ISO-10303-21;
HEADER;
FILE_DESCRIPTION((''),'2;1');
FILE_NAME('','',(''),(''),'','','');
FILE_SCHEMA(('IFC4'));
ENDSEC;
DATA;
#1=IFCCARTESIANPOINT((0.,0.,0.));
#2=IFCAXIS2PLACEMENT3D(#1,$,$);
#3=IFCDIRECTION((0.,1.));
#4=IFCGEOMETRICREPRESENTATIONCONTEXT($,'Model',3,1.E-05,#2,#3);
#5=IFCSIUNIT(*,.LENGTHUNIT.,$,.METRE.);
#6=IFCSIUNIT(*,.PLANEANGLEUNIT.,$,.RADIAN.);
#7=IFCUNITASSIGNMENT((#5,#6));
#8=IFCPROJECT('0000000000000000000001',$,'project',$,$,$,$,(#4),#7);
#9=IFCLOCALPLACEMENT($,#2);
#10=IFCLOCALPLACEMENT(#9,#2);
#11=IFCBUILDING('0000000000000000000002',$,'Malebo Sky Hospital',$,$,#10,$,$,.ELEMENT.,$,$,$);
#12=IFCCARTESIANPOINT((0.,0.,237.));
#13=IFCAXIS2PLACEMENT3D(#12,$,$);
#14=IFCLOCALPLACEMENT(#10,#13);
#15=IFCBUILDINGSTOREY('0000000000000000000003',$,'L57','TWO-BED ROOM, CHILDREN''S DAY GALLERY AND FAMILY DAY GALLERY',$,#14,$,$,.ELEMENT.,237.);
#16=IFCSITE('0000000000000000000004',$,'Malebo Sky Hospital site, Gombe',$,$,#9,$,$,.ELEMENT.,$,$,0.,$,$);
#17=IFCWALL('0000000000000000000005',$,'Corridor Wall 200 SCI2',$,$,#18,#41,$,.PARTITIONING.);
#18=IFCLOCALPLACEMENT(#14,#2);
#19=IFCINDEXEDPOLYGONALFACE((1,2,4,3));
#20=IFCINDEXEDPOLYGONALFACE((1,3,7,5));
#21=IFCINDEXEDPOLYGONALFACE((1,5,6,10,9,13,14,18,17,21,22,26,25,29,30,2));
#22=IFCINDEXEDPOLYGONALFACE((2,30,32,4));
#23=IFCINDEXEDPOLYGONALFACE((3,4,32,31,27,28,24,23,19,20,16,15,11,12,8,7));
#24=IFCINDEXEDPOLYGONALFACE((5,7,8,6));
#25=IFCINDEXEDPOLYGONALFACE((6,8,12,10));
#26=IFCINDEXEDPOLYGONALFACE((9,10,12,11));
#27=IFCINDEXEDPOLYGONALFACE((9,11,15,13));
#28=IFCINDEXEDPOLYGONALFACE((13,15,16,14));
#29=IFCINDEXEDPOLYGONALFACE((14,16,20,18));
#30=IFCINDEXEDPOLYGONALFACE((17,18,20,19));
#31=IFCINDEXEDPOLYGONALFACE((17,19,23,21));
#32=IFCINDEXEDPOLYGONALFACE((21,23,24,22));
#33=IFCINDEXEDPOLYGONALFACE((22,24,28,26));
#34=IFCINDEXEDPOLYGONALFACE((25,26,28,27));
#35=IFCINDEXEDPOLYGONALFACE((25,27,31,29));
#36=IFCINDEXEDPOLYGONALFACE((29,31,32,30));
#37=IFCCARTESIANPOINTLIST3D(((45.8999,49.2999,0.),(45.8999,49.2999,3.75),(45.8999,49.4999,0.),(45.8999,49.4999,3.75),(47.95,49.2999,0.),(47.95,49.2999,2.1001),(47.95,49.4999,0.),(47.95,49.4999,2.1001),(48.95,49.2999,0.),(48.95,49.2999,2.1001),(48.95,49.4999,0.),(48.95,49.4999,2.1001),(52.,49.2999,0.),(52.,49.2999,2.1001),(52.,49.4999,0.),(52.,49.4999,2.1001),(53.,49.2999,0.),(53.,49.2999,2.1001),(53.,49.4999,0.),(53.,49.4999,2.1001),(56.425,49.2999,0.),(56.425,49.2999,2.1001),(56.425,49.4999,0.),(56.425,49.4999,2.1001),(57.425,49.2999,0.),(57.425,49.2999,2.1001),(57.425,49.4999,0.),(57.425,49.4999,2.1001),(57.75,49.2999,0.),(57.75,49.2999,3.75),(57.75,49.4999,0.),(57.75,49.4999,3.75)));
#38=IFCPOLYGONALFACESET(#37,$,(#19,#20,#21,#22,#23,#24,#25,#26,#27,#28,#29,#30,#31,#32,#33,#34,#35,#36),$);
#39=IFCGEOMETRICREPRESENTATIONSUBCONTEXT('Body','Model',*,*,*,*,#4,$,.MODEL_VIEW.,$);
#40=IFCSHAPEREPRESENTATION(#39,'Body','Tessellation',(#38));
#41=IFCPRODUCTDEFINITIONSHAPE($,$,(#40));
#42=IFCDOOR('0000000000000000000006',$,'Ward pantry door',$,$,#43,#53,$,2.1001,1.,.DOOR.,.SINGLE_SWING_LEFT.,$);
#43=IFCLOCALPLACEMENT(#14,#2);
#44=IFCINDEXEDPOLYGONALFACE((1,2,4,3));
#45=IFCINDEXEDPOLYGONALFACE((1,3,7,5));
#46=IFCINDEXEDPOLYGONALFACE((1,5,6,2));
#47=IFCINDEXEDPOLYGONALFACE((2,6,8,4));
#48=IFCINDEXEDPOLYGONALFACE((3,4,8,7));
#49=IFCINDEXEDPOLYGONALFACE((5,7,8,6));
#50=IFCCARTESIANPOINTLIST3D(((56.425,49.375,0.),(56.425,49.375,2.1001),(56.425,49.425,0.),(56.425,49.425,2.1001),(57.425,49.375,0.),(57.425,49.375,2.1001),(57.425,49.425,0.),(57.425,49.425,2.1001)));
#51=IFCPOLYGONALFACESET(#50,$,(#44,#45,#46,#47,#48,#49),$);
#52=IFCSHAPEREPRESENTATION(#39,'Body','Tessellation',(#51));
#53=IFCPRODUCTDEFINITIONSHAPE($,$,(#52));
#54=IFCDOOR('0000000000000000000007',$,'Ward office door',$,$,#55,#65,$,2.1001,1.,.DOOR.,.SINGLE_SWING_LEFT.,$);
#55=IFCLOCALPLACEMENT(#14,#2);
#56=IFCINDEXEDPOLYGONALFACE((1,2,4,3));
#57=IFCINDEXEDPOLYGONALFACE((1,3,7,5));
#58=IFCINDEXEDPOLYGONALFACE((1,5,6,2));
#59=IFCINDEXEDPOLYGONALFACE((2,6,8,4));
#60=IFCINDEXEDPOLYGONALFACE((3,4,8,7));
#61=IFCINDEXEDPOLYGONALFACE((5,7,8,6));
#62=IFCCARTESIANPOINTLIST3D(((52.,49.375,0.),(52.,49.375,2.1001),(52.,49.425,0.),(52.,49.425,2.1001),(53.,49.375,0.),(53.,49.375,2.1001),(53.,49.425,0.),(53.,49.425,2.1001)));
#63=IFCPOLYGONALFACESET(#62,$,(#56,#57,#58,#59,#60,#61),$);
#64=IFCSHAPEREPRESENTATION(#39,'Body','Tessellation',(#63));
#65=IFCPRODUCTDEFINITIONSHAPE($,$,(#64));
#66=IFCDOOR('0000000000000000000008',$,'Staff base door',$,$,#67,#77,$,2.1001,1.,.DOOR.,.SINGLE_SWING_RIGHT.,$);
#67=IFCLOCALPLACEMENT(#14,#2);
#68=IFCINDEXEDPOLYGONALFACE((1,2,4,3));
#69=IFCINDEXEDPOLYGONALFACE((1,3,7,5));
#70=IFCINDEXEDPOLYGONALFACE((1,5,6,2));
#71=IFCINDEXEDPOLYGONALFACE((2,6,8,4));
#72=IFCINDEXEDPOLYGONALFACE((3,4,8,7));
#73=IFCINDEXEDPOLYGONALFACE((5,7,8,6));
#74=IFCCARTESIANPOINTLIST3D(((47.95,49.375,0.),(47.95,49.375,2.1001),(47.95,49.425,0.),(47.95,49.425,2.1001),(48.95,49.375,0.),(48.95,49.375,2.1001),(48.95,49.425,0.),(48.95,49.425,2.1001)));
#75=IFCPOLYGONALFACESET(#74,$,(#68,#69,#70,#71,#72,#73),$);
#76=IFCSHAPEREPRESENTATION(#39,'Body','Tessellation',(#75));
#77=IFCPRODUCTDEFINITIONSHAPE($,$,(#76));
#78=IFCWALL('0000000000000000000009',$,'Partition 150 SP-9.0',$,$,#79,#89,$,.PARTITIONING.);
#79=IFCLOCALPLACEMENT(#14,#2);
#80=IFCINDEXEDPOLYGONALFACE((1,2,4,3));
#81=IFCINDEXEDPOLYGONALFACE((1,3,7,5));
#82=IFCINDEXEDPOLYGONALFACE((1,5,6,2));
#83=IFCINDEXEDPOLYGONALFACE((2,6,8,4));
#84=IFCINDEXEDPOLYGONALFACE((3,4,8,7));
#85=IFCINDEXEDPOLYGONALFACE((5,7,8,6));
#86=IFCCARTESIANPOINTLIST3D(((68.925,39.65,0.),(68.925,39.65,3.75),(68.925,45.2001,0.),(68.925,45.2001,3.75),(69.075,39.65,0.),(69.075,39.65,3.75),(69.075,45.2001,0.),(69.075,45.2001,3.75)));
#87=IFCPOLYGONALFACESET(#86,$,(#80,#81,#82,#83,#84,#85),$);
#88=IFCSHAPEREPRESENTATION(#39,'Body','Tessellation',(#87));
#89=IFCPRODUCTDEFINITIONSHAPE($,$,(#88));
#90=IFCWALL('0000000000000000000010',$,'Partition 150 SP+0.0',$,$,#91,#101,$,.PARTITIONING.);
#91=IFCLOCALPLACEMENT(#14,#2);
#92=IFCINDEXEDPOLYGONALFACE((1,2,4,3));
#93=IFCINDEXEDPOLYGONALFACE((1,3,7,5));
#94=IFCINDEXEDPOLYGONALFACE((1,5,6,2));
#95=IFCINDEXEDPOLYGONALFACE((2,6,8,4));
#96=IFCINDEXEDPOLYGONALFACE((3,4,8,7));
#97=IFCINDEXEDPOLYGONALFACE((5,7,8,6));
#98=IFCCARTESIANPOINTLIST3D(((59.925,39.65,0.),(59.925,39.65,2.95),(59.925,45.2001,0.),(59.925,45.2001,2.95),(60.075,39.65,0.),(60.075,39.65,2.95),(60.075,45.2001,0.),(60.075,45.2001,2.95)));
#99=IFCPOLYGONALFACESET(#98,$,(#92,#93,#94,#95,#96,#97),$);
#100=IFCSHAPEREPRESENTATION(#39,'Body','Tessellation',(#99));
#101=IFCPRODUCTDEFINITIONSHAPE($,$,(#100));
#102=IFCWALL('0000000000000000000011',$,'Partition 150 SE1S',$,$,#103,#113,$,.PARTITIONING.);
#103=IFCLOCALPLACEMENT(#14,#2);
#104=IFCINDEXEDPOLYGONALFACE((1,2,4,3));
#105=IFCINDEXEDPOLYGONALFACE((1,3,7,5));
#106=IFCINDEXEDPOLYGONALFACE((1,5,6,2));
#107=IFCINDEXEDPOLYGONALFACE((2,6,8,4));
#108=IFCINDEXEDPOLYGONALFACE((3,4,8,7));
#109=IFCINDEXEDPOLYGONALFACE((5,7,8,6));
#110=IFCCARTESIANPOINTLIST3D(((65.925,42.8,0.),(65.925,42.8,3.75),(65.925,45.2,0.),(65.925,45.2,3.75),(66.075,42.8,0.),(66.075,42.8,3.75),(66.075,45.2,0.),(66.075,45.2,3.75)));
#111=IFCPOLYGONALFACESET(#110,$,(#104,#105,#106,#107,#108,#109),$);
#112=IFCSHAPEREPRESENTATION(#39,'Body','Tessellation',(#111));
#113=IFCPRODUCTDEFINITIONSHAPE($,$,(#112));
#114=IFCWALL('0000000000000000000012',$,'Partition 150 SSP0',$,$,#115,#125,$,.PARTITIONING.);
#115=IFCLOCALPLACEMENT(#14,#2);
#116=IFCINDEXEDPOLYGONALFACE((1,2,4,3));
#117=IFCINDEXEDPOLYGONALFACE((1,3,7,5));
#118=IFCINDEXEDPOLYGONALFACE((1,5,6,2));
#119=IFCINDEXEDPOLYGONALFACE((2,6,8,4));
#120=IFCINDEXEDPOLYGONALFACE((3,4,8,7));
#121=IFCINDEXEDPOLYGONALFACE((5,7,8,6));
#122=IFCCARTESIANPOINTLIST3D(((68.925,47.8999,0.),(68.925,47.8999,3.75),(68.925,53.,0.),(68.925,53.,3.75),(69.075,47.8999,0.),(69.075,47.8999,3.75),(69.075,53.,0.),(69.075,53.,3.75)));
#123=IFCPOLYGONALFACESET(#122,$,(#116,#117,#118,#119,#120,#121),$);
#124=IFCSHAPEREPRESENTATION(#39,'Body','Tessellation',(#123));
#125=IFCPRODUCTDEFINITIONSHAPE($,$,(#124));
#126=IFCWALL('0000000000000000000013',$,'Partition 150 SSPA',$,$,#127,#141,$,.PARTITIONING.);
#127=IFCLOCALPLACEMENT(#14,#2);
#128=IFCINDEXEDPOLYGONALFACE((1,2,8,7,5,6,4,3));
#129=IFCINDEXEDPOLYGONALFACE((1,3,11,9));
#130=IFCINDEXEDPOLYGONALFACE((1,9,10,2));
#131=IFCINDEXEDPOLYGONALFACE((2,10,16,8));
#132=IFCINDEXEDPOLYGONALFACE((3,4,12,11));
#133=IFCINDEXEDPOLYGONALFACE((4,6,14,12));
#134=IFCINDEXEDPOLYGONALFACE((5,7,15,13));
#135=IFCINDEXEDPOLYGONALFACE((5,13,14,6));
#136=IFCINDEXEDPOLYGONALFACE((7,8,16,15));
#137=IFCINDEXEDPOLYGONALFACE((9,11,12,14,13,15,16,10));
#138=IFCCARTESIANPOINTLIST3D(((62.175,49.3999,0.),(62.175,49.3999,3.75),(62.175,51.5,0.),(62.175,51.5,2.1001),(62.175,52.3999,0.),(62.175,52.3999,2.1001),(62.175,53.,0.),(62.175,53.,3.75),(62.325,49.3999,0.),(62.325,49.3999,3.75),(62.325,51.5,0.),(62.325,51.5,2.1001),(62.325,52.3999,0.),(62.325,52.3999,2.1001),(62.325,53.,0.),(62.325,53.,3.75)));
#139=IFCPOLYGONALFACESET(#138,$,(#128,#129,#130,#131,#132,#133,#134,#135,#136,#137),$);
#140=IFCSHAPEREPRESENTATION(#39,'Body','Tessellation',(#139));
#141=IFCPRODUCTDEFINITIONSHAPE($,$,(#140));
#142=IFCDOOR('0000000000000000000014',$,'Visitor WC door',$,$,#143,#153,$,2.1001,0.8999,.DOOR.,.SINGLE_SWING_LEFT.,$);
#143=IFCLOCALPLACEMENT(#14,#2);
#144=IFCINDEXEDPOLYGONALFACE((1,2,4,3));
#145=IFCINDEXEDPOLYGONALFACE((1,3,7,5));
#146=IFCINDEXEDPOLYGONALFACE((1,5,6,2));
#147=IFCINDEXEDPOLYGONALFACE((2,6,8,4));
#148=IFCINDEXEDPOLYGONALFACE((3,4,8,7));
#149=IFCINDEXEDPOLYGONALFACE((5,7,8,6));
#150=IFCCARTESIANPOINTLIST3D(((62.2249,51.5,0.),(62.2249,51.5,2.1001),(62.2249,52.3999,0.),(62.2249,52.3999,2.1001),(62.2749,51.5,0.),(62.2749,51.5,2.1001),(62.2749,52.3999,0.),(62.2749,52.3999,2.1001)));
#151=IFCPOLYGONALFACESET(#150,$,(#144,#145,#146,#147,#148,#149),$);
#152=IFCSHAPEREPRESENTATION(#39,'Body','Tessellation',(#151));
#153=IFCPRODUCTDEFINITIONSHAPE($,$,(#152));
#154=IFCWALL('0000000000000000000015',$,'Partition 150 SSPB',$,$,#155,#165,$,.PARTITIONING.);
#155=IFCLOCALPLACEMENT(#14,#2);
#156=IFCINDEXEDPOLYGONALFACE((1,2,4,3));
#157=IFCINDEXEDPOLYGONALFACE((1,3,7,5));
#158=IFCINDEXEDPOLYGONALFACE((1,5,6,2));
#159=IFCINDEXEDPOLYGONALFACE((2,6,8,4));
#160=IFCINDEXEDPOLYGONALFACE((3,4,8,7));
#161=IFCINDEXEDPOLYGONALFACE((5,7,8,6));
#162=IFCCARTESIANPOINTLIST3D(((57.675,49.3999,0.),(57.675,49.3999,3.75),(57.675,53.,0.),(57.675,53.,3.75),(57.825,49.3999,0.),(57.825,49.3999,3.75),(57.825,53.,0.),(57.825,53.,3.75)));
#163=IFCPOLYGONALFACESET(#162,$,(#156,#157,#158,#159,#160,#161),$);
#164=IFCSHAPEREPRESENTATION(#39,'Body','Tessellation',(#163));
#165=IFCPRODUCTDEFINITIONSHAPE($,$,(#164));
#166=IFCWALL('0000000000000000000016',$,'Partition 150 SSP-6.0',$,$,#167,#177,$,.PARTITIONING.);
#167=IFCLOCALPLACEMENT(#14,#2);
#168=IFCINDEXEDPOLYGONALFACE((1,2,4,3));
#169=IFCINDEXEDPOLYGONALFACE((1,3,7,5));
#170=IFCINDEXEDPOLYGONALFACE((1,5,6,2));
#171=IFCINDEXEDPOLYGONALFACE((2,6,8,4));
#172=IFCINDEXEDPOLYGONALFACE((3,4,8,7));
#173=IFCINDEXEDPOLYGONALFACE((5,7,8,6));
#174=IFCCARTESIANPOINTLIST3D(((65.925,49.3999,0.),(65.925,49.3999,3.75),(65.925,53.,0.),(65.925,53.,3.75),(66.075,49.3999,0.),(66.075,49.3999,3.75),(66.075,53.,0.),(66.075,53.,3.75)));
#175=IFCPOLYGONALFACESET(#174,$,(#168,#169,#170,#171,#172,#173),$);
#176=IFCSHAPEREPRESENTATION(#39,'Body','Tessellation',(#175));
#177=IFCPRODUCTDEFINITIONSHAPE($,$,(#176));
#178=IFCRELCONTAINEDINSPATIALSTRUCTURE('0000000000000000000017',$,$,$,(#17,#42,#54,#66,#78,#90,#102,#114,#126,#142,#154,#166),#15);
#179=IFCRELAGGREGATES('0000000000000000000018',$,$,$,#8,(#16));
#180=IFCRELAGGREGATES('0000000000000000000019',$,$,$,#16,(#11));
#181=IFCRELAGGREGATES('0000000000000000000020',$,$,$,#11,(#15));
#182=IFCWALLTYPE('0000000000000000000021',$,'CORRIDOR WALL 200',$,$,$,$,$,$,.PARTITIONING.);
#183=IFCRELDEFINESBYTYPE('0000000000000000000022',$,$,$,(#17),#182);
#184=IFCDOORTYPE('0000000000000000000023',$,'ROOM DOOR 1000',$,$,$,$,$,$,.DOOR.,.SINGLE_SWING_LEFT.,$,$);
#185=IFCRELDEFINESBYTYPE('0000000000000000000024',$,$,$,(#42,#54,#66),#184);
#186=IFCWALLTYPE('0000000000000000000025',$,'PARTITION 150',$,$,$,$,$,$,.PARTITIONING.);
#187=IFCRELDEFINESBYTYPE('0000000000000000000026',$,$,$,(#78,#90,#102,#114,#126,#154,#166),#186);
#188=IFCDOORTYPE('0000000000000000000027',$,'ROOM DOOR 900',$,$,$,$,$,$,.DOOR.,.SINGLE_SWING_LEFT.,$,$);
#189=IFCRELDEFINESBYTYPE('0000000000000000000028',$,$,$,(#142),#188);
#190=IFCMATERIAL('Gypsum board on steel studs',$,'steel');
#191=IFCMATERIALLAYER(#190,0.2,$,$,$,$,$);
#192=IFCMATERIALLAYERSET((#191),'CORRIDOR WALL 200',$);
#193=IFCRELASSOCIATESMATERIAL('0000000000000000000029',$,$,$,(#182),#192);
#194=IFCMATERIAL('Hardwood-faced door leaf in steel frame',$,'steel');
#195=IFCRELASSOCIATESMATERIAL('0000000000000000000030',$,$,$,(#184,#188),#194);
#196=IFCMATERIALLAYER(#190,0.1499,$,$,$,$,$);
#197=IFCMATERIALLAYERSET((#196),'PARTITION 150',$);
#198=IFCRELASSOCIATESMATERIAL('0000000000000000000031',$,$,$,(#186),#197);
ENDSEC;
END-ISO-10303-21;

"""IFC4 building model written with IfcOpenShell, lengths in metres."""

from ifc_helpers import new_model, si_unit, direction, frame, frame_2d, origin, place, context, subcontext, project, spatial, rectangle, extrude, material, layer, layer_set, type_object, element, fill, save


model = new_model("IFC4")

# Units and contexts
model_context = context("Model", 3, precision=1e-05, world=origin(), true_north=direction((0.0, 1.0)))
body_context = subcontext(model_context, "Body", "Model", "MODEL_VIEW")
ifc_project = project(units=[si_unit("LENGTHUNIT", "METRE"), si_unit("PLANEANGLEUNIT", "RADIAN")], contexts=[model_context])

# Site, building, storey
site_placement = place(None, origin())
site = spatial("IfcSite", under=ifc_project, at=site_placement, Name="Malebo Sky Hospital site, Gombe", CompositionType="ELEMENT", RefElevation=0.0)
building_placement = place(site_placement, origin())
building = spatial("IfcBuilding", under=site, at=building_placement, Name="Malebo Sky Hospital", CompositionType="ELEMENT")
storey_placement = place(building_placement, frame((0.0, 0.0, 237.0)))
storey = spatial("IfcBuildingStorey", under=building, at=storey_placement, Name="L57", Description="TWO-BED ROOM, CHILDREN'S DAY GALLERY AND FAMILY DAY GALLERY", CompositionType="ELEMENT", Elevation=237.0)

# Wall, openings, doors
ifc_material_1 = material(Name="Gypsum board on steel studs", Category="steel")
ifc_layer_1 = layer(ifc_material_1, 0.2)
ifc_layer_set_1 = layer_set([ifc_layer_1], Name="CORRIDOR WALL 200")
wall_type_1 = type_object("IfcWallType", Name="CORRIDOR WALL 200", PredefinedType="PARTITIONING", material=ifc_layer_set_1)
ifc_material_2 = material(Name="Hardwood-faced door leaf in steel frame", Category="steel")
door_type_1 = type_object("IfcDoorType", Name="ROOM DOOR 1000", OperationType="SINGLE_SWING_LEFT", PredefinedType="DOOR", material=ifc_material_2)
wall_1_placement = place(storey_placement, frame((57.75, 49.3999, 0.0), z_axis=(0.0, 0.0, 1.0), x_axis=(-1.0, 0.0, 0.0)))
wall_1 = element("IfcWall", 1, at=wall_1_placement, inside=storey, type_object=wall_type_1, Name="Corridor Wall 200 SCI2", PredefinedType="PARTITIONING", context=body_context, shape_type="SweptSolid", body=[
    extrude(rectangle(XDim=11.8501, YDim=0.2, at=frame_2d((5.925, 0.0))), origin(), (0.0, 0.0, 1.0), 3.75),
])
opening_1_placement = place(wall_1_placement, frame((0.325, 0.0, 0.0)))
opening_1 = element("IfcOpeningElement", 2, at=opening_1_placement, cuts=wall_1, PredefinedType="OPENING", context=body_context, shape_type="SweptSolid", body=[
    extrude(rectangle(XDim=1.0, YDim=2.1001, at=frame_2d((0.5, 1.05))), frame((0.0, 0.1099, 0.0), z_axis=(0.0, -1.0, 0.0), x_axis=(1.0, 0.0, 0.0)), (0.0, 0.0, 1.0), 0.22),
])
opening_2_placement = place(wall_1_placement, frame((4.75, 0.0, 0.0)))
opening_2 = element("IfcOpeningElement", 3, at=opening_2_placement, cuts=wall_1, PredefinedType="OPENING", context=body_context, shape_type="SweptSolid", body=[
    extrude(rectangle(XDim=1.0, YDim=2.1001, at=frame_2d((0.5, 1.05))), frame((0.0, 0.1099, 0.0), z_axis=(0.0, -1.0, 0.0), x_axis=(1.0, 0.0, 0.0)), (0.0, 0.0, 1.0), 0.22),
])
opening_3_placement = place(wall_1_placement, frame((8.8, 0.0, 0.0)))
opening_3 = element("IfcOpeningElement", 4, at=opening_3_placement, cuts=wall_1, PredefinedType="OPENING", context=body_context, shape_type="SweptSolid", body=[
    extrude(rectangle(XDim=1.0, YDim=2.1001, at=frame_2d((0.5, 1.05))), frame((0.0, 0.1099, 0.0), z_axis=(0.0, -1.0, 0.0), x_axis=(1.0, 0.0, 0.0)), (0.0, 0.0, 1.0), 0.22),
])
door_1_placement = place(opening_1_placement, origin())
door_1 = element("IfcDoor", 5, at=door_1_placement, inside=storey, type_object=door_type_1, Name="Ward pantry door", OperationType="SINGLE_SWING_LEFT", OverallHeight=2.1001, OverallWidth=1.0, PredefinedType="DOOR", context=body_context, shape_type="SweptSolid", body=[
    extrude(rectangle(XDim=1.0, YDim=2.1001, at=frame_2d((0.5, 1.05))), frame((0.0, 0.0249, 0.0), z_axis=(0.0, -1.0, 0.0), x_axis=(1.0, 0.0, 0.0)), (0.0, 0.0, 1.0), 0.05),
])
fill(opening_1, door_1)
door_2_placement = place(opening_2_placement, origin())
door_2 = element("IfcDoor", 6, at=door_2_placement, inside=storey, type_object=door_type_1, Name="Ward office door", OperationType="SINGLE_SWING_LEFT", OverallHeight=2.1001, OverallWidth=1.0, PredefinedType="DOOR", context=body_context, shape_type="SweptSolid", body=[
    extrude(rectangle(XDim=1.0, YDim=2.1001, at=frame_2d((0.5, 1.05))), frame((0.0, 0.0249, 0.0), z_axis=(0.0, -1.0, 0.0), x_axis=(1.0, 0.0, 0.0)), (0.0, 0.0, 1.0), 0.05),
])
fill(opening_2, door_2)
door_3_placement = place(opening_3_placement, origin())
door_3 = element("IfcDoor", 7, at=door_3_placement, inside=storey, type_object=door_type_1, Name="Staff base door", OperationType="SINGLE_SWING_RIGHT", OverallHeight=2.1001, OverallWidth=1.0, PredefinedType="DOOR", context=body_context, shape_type="SweptSolid", body=[
    extrude(rectangle(XDim=1.0, YDim=2.1001, at=frame_2d((0.5, 1.05))), frame((0.0, 0.0249, 0.0), z_axis=(0.0, -1.0, 0.0), x_axis=(1.0, 0.0, 0.0)), (0.0, 0.0, 1.0), 0.05),
])
fill(opening_3, door_3)

# Walls
ifc_layer_2 = layer(ifc_material_1, 0.1499)
ifc_layer_set_2 = layer_set([ifc_layer_2], Name="PARTITION 150")
wall_type_2 = type_object("IfcWallType", Name="PARTITION 150", PredefinedType="PARTITIONING", material=ifc_layer_set_2)
wall_2_placement = place(storey_placement, frame((69.0, 45.2, 0.0), z_axis=(0.0, 0.0, 1.0), x_axis=(0.0, -1.0, 0.0)))
element("IfcWall", 8, at=wall_2_placement, inside=storey, type_object=wall_type_2, Name="Partition 150 SP-9.0", PredefinedType="PARTITIONING", context=body_context, shape_type="SweptSolid", body=[
    extrude(rectangle(XDim=5.55, YDim=0.1499, at=frame_2d((2.7749, 0.0))), origin(), (0.0, 0.0, 1.0), 3.75),
])
wall_3_placement = place(storey_placement, frame((60.0, 45.2, 0.0), z_axis=(0.0, 0.0, 1.0), x_axis=(0.0, -1.0, 0.0)))
element("IfcWall", 9, at=wall_3_placement, inside=storey, type_object=wall_type_2, Name="Partition 150 SP+0.0", PredefinedType="PARTITIONING", context=body_context, shape_type="SweptSolid", body=[
    extrude(rectangle(XDim=5.55, YDim=0.1499, at=frame_2d((2.7749, 0.0))), origin(), (0.0, 0.0, 1.0), 2.95),
])
wall_4_placement = place(storey_placement, frame((66.0, 45.2, 0.0), z_axis=(0.0, 0.0, 1.0), x_axis=(0.0, -1.0, 0.0)))
element("IfcWall", 10, at=wall_4_placement, inside=storey, type_object=wall_type_2, Name="Partition 150 SE1S", PredefinedType="PARTITIONING", context=body_context, shape_type="SweptSolid", body=[
    extrude(rectangle(XDim=2.3999, YDim=0.1499, at=frame_2d((1.2, 0.0))), origin(), (0.0, 0.0, 1.0), 3.75),
])
wall_5_placement = place(storey_placement, frame((69.0, 53.0, 0.0), z_axis=(0.0, 0.0, 1.0), x_axis=(0.0, -1.0, 0.0)))
element("IfcWall", 11, at=wall_5_placement, inside=storey, type_object=wall_type_2, Name="Partition 150 SSP0", PredefinedType="PARTITIONING", context=body_context, shape_type="SweptSolid", body=[
    extrude(rectangle(XDim=5.1001, YDim=0.1499, at=frame_2d((2.55, 0.0))), origin(), (0.0, 0.0, 1.0), 3.75),
])

# Wall, opening, door
wall_6_placement = place(storey_placement, frame((62.25, 53.0, 0.0), z_axis=(0.0, 0.0, 1.0), x_axis=(0.0, -1.0, 0.0)))
wall_6 = element("IfcWall", 12, at=wall_6_placement, inside=storey, type_object=wall_type_2, Name="Partition 150 SSPA", PredefinedType="PARTITIONING", context=body_context, shape_type="SweptSolid", body=[
    extrude(rectangle(XDim=3.6001, YDim=0.1499, at=frame_2d((1.8, 0.0))), origin(), (0.0, 0.0, 1.0), 3.75),
])
opening_4_placement = place(wall_6_placement, frame((0.6001, 0.0, 0.0)))
opening_4 = element("IfcOpeningElement", 13, at=opening_4_placement, cuts=wall_6, PredefinedType="OPENING", context=body_context, shape_type="SweptSolid", body=[
    extrude(rectangle(XDim=0.8999, YDim=2.1001, at=frame_2d((0.45, 1.05))), frame((0.0, 0.085, 0.0), z_axis=(0.0, -1.0, 0.0), x_axis=(1.0, 0.0, 0.0)), (0.0, 0.0, 1.0), 0.1699),
])
door_type_2 = type_object("IfcDoorType", Name="ROOM DOOR 900", OperationType="SINGLE_SWING_LEFT", PredefinedType="DOOR", material=ifc_material_2)
door_4_placement = place(opening_4_placement, origin())
door_4 = element("IfcDoor", 14, at=door_4_placement, inside=storey, type_object=door_type_2, Name="Visitor WC door", OperationType="SINGLE_SWING_LEFT", OverallHeight=2.1001, OverallWidth=0.8999, PredefinedType="DOOR", context=body_context, shape_type="SweptSolid", body=[
    extrude(rectangle(XDim=0.8999, YDim=2.1001, at=frame_2d((0.45, 1.05))), frame((0.0, 0.0249, 0.0), z_axis=(0.0, -1.0, 0.0), x_axis=(1.0, 0.0, 0.0)), (0.0, 0.0, 1.0), 0.05),
])
fill(opening_4, door_4)

# Walls
for number, where, z_axis, x_axis, name in (
    (15, (57.75, 53.0, 0.0), (0.0, 0.0, 1.0), (0.0, -1.0, 0.0), "Partition 150 SSPB"),
    (16, (66.0, 53.0, 0.0), (0.0, 0.0, 1.0), (0.0, -1.0, 0.0), "Partition 150 SSP-6.0"),
):
    element("IfcWall", number, at=place(storey_placement, frame(where, z_axis=z_axis, x_axis=x_axis)), inside=storey, type_object=wall_type_2, Name=name, PredefinedType="PARTITIONING", context=body_context, shape_type="SweptSolid", body=[
        extrude(rectangle(XDim=3.6001, YDim=0.1499, at=frame_2d((1.8, 0.0))), origin(), (0.0, 0.0, 1.0), 3.75),
    ])

save(model, "model.ifc")
